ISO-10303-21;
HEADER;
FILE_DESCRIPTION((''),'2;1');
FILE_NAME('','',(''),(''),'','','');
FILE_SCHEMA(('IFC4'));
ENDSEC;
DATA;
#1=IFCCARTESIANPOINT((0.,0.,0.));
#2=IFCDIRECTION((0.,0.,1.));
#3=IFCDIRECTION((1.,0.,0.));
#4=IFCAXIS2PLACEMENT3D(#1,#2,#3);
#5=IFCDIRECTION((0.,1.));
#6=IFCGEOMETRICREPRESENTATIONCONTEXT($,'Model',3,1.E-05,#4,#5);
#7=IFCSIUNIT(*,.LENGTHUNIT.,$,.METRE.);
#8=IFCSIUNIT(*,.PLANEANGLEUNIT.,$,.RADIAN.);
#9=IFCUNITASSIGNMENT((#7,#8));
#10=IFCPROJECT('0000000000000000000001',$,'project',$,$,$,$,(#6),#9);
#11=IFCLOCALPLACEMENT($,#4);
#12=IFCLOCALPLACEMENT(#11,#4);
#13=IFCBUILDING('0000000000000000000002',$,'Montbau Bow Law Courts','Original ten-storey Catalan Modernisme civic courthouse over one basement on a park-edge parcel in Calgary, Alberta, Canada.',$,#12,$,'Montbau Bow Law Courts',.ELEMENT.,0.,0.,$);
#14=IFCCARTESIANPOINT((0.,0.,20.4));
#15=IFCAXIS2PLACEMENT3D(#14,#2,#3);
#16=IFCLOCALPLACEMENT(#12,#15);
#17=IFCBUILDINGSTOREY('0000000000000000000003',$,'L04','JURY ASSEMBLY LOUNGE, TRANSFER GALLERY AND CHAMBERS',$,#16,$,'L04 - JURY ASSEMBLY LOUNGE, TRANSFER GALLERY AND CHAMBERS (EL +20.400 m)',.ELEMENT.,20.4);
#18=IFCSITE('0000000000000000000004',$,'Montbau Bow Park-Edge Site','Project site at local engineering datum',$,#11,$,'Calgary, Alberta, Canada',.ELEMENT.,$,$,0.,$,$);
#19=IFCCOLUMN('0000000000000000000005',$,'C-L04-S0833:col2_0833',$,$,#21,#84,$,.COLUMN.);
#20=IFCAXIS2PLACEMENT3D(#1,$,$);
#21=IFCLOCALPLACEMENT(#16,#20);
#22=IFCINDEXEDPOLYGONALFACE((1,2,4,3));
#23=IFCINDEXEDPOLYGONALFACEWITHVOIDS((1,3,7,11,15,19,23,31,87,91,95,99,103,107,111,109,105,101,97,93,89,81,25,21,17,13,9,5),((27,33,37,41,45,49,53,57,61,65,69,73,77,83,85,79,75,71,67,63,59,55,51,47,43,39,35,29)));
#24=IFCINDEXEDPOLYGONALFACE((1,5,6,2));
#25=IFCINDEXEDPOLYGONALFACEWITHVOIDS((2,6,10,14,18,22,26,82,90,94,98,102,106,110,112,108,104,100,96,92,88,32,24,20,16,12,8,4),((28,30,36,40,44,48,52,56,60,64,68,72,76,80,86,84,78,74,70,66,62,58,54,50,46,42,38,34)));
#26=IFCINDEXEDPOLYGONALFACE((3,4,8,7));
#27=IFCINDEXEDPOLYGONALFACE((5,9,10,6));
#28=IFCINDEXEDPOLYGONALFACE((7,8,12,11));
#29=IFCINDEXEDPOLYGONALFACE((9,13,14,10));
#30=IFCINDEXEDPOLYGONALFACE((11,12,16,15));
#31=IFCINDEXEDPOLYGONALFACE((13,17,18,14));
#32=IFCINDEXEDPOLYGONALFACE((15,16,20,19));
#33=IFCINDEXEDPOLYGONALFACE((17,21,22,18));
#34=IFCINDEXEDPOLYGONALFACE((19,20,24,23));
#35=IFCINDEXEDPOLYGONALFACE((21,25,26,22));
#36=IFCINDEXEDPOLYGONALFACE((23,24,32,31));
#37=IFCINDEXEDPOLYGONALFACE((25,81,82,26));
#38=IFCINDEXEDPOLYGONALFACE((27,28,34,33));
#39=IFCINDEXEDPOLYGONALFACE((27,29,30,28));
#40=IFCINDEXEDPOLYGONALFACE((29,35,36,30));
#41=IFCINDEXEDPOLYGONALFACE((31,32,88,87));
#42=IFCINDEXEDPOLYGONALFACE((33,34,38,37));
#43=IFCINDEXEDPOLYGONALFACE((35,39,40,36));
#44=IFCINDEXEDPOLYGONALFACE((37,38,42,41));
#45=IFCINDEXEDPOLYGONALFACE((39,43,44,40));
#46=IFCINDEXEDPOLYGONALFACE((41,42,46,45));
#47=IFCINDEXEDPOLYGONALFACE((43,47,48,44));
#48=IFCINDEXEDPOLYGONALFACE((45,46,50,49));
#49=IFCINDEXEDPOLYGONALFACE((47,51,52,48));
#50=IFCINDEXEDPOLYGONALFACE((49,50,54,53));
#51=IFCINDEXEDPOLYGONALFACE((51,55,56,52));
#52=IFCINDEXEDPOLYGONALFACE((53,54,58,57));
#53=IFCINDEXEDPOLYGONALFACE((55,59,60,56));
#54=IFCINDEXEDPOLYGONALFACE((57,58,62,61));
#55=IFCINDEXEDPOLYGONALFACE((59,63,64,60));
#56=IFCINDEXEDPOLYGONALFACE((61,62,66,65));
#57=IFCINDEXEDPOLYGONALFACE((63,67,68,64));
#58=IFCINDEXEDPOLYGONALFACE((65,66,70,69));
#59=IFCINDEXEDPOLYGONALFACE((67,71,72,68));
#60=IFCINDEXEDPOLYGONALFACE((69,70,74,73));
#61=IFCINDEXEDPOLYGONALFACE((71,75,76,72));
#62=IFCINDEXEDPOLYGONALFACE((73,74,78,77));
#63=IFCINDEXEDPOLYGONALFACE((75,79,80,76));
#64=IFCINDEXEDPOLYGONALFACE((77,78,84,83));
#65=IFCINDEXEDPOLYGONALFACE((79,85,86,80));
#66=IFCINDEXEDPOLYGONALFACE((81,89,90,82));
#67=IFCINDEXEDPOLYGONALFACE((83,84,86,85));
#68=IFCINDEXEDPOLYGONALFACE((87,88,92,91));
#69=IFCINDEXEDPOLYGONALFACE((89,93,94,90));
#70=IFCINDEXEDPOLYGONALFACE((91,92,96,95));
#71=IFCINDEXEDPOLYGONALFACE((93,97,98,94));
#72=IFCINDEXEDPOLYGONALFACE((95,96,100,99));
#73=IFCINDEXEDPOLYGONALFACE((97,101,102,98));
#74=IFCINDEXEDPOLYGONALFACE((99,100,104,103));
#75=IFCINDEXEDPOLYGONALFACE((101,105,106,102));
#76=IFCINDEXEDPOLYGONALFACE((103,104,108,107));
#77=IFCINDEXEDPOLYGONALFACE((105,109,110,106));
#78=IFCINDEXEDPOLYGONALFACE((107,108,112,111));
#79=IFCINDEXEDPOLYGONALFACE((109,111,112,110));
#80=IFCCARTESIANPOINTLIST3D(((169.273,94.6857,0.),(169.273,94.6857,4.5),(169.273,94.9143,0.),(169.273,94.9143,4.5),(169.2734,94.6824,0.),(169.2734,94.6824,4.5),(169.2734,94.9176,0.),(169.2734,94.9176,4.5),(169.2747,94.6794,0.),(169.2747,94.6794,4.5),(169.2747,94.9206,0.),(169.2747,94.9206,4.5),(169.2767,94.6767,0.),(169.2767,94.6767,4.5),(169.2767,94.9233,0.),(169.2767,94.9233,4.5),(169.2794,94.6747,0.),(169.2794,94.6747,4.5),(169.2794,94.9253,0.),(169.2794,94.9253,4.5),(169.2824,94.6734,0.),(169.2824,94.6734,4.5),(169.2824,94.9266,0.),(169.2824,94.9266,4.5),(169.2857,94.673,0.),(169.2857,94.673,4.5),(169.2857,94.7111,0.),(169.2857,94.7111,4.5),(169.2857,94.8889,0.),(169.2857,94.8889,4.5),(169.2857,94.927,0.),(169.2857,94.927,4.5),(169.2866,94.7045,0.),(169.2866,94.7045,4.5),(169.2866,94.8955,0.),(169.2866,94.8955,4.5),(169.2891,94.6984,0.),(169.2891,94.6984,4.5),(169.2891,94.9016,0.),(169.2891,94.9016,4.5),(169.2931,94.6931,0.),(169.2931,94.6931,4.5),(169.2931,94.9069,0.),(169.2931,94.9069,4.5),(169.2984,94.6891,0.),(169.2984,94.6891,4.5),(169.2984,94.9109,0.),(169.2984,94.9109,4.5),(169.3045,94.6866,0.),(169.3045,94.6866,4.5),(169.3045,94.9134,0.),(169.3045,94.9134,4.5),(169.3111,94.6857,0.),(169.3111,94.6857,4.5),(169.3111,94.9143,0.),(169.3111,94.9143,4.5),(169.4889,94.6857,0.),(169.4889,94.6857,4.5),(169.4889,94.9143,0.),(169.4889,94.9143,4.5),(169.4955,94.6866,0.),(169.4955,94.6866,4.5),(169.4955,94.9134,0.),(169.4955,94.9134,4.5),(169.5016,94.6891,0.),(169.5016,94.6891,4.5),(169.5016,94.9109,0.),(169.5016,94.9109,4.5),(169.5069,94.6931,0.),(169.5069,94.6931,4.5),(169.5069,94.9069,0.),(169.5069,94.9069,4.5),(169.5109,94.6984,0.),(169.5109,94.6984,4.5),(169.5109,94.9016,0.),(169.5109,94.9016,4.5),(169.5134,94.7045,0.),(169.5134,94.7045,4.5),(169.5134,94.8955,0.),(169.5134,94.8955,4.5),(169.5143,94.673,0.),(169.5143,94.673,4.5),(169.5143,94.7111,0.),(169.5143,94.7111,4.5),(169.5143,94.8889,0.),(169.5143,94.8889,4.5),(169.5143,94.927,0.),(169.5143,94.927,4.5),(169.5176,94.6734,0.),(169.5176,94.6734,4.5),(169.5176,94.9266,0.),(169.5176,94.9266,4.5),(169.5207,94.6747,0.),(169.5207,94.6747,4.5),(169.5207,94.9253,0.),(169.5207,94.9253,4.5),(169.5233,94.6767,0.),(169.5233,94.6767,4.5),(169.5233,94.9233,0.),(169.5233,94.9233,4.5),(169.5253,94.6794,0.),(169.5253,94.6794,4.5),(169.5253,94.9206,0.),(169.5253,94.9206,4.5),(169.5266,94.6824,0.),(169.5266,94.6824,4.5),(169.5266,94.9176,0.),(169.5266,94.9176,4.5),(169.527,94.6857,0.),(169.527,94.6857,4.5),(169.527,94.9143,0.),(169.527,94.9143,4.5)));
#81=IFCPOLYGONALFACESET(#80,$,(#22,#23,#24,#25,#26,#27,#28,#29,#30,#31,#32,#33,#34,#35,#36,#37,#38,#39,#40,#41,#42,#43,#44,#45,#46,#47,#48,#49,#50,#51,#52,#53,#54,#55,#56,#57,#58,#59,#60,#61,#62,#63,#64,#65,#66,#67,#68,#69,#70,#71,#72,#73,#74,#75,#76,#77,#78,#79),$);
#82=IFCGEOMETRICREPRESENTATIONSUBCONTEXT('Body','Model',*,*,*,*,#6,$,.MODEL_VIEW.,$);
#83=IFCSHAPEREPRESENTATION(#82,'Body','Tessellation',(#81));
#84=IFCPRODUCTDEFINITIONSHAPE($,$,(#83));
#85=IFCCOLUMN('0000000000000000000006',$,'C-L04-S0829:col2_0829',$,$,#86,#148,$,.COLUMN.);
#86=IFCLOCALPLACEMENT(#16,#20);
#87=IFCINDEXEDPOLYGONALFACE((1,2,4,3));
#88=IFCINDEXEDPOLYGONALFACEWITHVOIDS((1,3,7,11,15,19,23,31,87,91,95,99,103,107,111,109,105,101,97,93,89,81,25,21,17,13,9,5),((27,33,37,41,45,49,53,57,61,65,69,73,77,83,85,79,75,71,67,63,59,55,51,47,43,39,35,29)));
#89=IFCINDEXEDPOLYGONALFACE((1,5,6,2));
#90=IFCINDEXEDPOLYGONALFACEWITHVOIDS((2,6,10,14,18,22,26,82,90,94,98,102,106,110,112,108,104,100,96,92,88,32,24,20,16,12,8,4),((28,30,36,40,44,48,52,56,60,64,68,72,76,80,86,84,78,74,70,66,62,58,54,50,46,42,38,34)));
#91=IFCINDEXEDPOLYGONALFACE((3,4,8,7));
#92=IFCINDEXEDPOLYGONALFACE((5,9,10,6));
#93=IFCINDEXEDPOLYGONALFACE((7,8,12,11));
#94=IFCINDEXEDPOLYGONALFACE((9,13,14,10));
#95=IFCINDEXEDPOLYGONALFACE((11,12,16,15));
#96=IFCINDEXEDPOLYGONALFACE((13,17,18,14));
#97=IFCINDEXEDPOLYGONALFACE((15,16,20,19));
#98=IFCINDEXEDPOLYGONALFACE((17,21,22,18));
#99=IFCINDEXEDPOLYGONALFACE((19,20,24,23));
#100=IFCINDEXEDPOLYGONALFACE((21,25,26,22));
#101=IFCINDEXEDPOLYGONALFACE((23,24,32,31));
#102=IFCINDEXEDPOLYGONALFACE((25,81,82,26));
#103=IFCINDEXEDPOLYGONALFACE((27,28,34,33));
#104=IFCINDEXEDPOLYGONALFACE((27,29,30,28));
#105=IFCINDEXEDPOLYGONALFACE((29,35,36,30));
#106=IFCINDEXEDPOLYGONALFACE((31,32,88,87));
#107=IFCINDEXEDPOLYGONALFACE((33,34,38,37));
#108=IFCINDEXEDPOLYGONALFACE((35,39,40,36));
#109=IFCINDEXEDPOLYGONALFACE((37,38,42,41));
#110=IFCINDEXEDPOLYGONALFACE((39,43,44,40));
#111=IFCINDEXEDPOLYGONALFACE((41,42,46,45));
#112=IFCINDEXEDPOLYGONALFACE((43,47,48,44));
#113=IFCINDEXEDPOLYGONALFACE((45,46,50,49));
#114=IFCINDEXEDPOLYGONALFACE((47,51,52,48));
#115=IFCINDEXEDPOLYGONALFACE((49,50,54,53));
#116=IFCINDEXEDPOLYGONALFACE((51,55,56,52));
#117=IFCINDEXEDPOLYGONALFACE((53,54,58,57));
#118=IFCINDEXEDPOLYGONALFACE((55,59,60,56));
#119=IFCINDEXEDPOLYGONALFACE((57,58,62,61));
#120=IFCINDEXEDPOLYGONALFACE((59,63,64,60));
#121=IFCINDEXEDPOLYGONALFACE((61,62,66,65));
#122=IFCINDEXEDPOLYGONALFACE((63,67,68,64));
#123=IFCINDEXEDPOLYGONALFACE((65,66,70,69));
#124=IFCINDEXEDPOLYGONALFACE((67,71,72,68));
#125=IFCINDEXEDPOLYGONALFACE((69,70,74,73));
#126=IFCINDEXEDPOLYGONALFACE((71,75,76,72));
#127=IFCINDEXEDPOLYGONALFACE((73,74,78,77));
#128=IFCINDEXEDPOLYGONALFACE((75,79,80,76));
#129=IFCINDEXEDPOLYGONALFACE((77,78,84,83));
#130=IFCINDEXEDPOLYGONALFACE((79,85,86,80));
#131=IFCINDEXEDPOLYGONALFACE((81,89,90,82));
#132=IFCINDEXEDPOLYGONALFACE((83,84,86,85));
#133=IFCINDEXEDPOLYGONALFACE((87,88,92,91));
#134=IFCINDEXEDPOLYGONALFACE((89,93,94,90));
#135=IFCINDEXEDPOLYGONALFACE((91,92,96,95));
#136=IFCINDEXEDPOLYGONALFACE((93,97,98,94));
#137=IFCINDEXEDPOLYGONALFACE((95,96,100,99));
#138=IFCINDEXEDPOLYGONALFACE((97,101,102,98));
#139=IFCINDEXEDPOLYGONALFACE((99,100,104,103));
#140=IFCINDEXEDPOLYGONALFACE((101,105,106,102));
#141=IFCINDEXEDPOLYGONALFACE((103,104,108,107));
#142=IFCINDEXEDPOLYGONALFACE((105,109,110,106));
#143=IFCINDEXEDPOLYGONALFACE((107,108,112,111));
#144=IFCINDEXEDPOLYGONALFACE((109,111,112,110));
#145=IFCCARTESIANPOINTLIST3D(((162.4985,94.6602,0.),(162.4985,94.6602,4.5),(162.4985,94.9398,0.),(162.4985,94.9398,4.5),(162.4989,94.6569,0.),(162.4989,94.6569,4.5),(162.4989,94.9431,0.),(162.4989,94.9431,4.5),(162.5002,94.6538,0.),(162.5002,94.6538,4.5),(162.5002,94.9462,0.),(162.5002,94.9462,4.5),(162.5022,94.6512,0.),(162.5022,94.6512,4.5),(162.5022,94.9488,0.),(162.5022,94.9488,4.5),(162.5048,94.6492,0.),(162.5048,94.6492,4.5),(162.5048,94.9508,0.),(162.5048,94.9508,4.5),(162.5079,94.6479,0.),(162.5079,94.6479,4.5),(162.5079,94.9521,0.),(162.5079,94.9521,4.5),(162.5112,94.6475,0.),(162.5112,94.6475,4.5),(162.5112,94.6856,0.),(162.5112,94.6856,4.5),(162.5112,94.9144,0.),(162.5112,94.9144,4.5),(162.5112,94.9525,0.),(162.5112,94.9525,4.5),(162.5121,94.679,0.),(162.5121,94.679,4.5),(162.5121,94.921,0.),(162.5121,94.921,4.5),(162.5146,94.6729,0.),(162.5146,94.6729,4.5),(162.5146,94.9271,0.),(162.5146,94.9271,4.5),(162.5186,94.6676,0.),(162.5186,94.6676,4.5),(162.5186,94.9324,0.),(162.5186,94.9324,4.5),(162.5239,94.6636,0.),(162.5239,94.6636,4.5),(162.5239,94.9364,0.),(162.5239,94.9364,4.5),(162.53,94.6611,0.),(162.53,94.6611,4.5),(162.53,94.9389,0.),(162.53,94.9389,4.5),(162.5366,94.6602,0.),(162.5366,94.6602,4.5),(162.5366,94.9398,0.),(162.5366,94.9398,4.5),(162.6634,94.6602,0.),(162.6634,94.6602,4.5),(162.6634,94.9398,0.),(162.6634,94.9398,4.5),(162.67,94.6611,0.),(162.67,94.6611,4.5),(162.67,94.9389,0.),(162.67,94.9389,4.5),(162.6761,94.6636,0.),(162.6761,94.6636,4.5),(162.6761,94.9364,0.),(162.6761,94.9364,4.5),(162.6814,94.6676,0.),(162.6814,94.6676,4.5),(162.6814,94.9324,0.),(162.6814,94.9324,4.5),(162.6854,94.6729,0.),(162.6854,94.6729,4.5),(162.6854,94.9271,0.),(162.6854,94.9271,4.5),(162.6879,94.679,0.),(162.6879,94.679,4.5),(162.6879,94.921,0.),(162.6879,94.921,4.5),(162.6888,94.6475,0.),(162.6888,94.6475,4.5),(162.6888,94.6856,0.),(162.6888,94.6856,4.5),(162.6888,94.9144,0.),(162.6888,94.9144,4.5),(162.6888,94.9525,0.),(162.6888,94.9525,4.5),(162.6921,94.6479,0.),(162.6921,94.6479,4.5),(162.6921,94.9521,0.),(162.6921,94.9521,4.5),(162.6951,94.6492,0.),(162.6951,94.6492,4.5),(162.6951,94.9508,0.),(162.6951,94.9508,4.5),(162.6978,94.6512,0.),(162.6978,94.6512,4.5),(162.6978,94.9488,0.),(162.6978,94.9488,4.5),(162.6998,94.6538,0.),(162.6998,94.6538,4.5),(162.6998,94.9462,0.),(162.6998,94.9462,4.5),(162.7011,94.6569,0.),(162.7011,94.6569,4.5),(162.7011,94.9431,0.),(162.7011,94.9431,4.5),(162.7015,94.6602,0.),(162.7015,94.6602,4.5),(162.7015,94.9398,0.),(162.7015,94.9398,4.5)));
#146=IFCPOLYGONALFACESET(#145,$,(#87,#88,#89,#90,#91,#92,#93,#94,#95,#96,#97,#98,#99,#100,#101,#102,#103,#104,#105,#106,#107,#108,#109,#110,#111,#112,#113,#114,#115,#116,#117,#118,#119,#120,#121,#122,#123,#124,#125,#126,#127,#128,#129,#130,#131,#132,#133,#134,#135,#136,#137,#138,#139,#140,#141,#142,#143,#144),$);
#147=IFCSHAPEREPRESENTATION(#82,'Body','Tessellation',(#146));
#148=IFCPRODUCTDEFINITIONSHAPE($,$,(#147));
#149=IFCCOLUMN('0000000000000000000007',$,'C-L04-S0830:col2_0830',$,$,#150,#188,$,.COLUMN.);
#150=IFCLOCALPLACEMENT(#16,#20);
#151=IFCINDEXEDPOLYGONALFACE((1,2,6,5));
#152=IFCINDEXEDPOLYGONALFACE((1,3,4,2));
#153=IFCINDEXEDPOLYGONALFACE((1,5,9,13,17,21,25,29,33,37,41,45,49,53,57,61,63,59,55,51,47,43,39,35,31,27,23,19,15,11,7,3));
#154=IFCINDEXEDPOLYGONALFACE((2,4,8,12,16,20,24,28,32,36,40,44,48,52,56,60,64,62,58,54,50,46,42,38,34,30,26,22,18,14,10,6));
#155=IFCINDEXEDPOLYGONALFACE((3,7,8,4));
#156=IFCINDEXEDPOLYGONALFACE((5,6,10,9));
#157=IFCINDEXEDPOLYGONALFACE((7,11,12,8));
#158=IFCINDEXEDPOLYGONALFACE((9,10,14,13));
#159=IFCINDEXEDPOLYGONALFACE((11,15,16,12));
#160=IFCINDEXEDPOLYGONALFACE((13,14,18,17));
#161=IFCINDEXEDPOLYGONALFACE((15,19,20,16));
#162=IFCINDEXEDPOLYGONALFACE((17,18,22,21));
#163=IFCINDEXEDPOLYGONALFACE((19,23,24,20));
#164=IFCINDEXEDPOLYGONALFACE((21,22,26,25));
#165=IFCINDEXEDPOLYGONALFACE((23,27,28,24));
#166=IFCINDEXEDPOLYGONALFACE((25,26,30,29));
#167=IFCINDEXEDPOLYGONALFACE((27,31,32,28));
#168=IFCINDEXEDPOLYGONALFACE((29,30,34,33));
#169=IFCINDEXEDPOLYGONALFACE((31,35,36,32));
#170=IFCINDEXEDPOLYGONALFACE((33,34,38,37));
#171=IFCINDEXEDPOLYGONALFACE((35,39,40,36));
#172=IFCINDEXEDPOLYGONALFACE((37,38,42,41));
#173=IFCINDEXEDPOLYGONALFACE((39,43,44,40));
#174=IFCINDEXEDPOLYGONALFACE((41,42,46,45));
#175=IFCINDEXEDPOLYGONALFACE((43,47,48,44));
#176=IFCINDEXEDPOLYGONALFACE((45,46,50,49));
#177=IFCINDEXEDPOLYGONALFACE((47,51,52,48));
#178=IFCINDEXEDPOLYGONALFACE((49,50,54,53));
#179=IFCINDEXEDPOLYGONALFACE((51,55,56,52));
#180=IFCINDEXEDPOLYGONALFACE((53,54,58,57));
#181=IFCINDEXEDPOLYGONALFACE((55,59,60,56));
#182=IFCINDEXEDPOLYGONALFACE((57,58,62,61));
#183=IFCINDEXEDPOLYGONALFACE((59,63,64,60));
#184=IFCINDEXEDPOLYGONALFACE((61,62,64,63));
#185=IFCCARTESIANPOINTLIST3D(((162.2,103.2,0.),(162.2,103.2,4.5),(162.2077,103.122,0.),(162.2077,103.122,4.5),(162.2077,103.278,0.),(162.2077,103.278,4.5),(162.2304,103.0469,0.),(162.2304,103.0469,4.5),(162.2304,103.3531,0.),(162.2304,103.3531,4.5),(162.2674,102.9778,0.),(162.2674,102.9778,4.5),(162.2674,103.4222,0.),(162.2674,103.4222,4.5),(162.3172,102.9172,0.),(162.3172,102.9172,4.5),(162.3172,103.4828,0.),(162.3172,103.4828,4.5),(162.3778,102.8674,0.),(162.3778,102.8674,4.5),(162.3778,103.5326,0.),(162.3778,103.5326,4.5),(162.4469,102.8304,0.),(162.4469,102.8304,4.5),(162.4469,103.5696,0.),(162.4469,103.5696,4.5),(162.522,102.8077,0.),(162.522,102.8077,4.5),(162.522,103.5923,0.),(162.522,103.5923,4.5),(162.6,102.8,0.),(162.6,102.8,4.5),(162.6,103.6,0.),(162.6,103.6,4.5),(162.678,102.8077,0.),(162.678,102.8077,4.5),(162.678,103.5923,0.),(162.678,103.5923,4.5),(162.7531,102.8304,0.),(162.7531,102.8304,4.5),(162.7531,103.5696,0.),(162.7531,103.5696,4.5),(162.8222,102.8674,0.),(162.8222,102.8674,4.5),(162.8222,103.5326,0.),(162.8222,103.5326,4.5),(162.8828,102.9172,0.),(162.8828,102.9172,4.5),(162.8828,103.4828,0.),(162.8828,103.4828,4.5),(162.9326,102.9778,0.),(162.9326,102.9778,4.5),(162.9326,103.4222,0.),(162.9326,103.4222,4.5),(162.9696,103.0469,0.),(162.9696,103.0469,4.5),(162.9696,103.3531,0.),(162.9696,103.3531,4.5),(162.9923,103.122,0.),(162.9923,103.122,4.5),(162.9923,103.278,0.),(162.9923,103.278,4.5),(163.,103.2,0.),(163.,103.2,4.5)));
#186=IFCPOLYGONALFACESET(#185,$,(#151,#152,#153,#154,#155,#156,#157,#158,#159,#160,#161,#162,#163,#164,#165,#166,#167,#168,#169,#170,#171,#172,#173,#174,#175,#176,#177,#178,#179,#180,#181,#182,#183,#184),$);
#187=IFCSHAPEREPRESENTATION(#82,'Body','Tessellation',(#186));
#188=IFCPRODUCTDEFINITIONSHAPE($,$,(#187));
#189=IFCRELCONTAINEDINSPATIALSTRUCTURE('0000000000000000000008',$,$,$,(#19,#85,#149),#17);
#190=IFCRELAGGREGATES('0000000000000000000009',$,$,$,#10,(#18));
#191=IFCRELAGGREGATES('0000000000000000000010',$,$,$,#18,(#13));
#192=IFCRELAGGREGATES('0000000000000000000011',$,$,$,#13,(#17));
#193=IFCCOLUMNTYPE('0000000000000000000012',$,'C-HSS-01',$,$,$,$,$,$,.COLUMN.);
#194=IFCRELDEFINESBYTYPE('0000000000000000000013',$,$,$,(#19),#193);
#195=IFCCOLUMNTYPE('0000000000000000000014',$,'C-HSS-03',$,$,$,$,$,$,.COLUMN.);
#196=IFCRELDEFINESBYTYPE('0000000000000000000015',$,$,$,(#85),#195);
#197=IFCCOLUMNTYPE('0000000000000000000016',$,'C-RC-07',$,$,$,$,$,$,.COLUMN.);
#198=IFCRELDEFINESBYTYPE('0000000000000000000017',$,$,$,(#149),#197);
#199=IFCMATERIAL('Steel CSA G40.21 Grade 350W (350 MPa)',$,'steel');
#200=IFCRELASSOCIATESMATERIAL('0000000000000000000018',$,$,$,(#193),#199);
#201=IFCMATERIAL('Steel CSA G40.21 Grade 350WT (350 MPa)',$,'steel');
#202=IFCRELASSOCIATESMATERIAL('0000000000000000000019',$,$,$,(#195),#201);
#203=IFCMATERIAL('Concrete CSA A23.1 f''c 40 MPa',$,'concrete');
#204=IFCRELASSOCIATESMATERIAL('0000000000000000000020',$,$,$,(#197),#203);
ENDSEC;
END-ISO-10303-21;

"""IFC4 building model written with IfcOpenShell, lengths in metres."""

from ifc_helpers import new_model, si_unit, direction, frame, origin_with_axes, origin_2d_with_axis, place, context, subcontext, project, spatial, hollow_rectangle, circle, extrude, material, material_profile, profile_set, type_object, element, save


model = new_model("IFC4")

# Units and contexts
model_context = context("Model", 3, precision=1e-05, world=origin_with_axes(), true_north=direction((0.0, 1.0)))
body_context = subcontext(model_context, "Body", "Model", "MODEL_VIEW")
ifc_project = project(units=[si_unit("LENGTHUNIT", "METRE"), si_unit("PLANEANGLEUNIT", "RADIAN")], contexts=[model_context])

# Site, building, storey
site_placement = place(None, origin_with_axes())
site = spatial("IfcSite", under=ifc_project, at=site_placement, Name="Montbau Bow Park-Edge Site", Description="Project site at local engineering datum", LongName="Calgary, Alberta, Canada", CompositionType="ELEMENT", RefElevation=0.0)
building_placement = place(site_placement, origin_with_axes())
building = spatial("IfcBuilding", under=site, at=building_placement, Name="Montbau Bow Law Courts", Description="Original ten-storey Catalan Modernisme civic courthouse over one basement on a park-edge parcel in Calgary, Alberta, Canada.", LongName="Montbau Bow Law Courts", CompositionType="ELEMENT", ElevationOfRefHeight=0.0, ElevationOfTerrain=0.0)
storey_placement = place(building_placement, frame((0.0, 0.0, 20.4), z_axis=(0.0, 0.0, 1.0), x_axis=(1.0, 0.0, 0.0)))
storey = spatial("IfcBuildingStorey", under=building, at=storey_placement, Name="L04", Description="JURY ASSEMBLY LOUNGE, TRANSFER GALLERY AND CHAMBERS", LongName="L04 - JURY ASSEMBLY LOUNGE, TRANSFER GALLERY AND CHAMBERS (EL +20.400 m)", CompositionType="ELEMENT", Elevation=20.4)

# Columns
ifc_material_1 = material(Name="Steel CSA G40.21 Grade 350W (350 MPa)", Category="steel")
ifc_material_profile_1 = material_profile(ifc_material_1, hollow_rectangle(XDim=0.254, YDim=0.254, WallThickness=0.0127, InnerFilletRadius=0.0254, OuterFilletRadius=0.0127, at=origin_2d_with_axis()), Name="HSS254X254X13", Category="Main", Priority=0)
ifc_profile_set_1 = profile_set([ifc_material_profile_1], Name="Steel CSA G40.21 Grade 350W (350 MPa)")
column_type_1 = type_object("IfcColumnType", Name="C-HSS-01", PredefinedType="COLUMN", material=ifc_profile_set_1)
column_1_placement = place(None, frame((169.4, 94.8, 20.4), z_axis=(0.0, 0.0, 1.0), x_axis=(1.0, 0.0, 0.0)))
element("IfcColumn", 1, at=column_1_placement, inside=storey, type_object=column_type_1, Name="C-L04-S0833:col2_0833", PredefinedType="COLUMN", context=body_context, shape_type="SweptSolid", body=[
    extrude(hollow_rectangle(XDim=0.254, YDim=0.254, WallThickness=0.0127, InnerFilletRadius=0.0254, OuterFilletRadius=0.0127, at=origin_2d_with_axis()), origin_with_axes(), (0.0, 0.0, 1.0), 4.5),
])
ifc_material_2 = material(Name="Steel CSA G40.21 Grade 350WT (350 MPa)", Category="steel")
ifc_material_profile_2 = material_profile(ifc_material_2, hollow_rectangle(XDim=0.203, YDim=0.305, WallThickness=0.0127, InnerFilletRadius=0.0254, OuterFilletRadius=0.0127, at=origin_2d_with_axis()), Name="HSS305X203X13", Category="Main", Priority=0)
ifc_profile_set_2 = profile_set([ifc_material_profile_2], Name="Steel CSA G40.21 Grade 350WT (350 MPa)")
column_type_2 = type_object("IfcColumnType", Name="C-HSS-03", PredefinedType="COLUMN", material=ifc_profile_set_2)
column_2_placement = place(None, frame((162.6, 94.8, 20.4), z_axis=(0.0, 0.0, 1.0), x_axis=(1.0, 0.0, 0.0)))
element("IfcColumn", 2, at=column_2_placement, inside=storey, type_object=column_type_2, Name="C-L04-S0829:col2_0829", PredefinedType="COLUMN", context=body_context, shape_type="SweptSolid", body=[
    extrude(hollow_rectangle(XDim=0.203, YDim=0.305, WallThickness=0.0127, InnerFilletRadius=0.0254, OuterFilletRadius=0.0127, at=origin_2d_with_axis()), origin_with_axes(), (0.0, 0.0, 1.0), 4.5),
])
ifc_material_3 = material(Name="Concrete CSA A23.1 f'c 40 MPa", Category="concrete")
ifc_material_profile_3 = material_profile(ifc_material_3, circle(Radius=0.4, at=origin_2d_with_axis()), Name="RC800D", Category="Main", Priority=0)
ifc_profile_set_3 = profile_set([ifc_material_profile_3], Name="Concrete CSA A23.1 f'c 40 MPa")
column_type_3 = type_object("IfcColumnType", Name="C-RC-07", PredefinedType="COLUMN", material=ifc_profile_set_3)
column_3_placement = place(None, frame((162.6, 103.2, 20.4), z_axis=(0.0, 0.0, 1.0), x_axis=(1.0, 0.0, 0.0)))
element("IfcColumn", 3, at=column_3_placement, inside=storey, type_object=column_type_3, Name="C-L04-S0830:col2_0830", PredefinedType="COLUMN", context=body_context, shape_type="SweptSolid", body=[
    extrude(circle(Radius=0.4, at=origin_2d_with_axis()), origin_with_axes(), (0.0, 0.0, 1.0), 4.5),
])

save(model, "model.ifc")
